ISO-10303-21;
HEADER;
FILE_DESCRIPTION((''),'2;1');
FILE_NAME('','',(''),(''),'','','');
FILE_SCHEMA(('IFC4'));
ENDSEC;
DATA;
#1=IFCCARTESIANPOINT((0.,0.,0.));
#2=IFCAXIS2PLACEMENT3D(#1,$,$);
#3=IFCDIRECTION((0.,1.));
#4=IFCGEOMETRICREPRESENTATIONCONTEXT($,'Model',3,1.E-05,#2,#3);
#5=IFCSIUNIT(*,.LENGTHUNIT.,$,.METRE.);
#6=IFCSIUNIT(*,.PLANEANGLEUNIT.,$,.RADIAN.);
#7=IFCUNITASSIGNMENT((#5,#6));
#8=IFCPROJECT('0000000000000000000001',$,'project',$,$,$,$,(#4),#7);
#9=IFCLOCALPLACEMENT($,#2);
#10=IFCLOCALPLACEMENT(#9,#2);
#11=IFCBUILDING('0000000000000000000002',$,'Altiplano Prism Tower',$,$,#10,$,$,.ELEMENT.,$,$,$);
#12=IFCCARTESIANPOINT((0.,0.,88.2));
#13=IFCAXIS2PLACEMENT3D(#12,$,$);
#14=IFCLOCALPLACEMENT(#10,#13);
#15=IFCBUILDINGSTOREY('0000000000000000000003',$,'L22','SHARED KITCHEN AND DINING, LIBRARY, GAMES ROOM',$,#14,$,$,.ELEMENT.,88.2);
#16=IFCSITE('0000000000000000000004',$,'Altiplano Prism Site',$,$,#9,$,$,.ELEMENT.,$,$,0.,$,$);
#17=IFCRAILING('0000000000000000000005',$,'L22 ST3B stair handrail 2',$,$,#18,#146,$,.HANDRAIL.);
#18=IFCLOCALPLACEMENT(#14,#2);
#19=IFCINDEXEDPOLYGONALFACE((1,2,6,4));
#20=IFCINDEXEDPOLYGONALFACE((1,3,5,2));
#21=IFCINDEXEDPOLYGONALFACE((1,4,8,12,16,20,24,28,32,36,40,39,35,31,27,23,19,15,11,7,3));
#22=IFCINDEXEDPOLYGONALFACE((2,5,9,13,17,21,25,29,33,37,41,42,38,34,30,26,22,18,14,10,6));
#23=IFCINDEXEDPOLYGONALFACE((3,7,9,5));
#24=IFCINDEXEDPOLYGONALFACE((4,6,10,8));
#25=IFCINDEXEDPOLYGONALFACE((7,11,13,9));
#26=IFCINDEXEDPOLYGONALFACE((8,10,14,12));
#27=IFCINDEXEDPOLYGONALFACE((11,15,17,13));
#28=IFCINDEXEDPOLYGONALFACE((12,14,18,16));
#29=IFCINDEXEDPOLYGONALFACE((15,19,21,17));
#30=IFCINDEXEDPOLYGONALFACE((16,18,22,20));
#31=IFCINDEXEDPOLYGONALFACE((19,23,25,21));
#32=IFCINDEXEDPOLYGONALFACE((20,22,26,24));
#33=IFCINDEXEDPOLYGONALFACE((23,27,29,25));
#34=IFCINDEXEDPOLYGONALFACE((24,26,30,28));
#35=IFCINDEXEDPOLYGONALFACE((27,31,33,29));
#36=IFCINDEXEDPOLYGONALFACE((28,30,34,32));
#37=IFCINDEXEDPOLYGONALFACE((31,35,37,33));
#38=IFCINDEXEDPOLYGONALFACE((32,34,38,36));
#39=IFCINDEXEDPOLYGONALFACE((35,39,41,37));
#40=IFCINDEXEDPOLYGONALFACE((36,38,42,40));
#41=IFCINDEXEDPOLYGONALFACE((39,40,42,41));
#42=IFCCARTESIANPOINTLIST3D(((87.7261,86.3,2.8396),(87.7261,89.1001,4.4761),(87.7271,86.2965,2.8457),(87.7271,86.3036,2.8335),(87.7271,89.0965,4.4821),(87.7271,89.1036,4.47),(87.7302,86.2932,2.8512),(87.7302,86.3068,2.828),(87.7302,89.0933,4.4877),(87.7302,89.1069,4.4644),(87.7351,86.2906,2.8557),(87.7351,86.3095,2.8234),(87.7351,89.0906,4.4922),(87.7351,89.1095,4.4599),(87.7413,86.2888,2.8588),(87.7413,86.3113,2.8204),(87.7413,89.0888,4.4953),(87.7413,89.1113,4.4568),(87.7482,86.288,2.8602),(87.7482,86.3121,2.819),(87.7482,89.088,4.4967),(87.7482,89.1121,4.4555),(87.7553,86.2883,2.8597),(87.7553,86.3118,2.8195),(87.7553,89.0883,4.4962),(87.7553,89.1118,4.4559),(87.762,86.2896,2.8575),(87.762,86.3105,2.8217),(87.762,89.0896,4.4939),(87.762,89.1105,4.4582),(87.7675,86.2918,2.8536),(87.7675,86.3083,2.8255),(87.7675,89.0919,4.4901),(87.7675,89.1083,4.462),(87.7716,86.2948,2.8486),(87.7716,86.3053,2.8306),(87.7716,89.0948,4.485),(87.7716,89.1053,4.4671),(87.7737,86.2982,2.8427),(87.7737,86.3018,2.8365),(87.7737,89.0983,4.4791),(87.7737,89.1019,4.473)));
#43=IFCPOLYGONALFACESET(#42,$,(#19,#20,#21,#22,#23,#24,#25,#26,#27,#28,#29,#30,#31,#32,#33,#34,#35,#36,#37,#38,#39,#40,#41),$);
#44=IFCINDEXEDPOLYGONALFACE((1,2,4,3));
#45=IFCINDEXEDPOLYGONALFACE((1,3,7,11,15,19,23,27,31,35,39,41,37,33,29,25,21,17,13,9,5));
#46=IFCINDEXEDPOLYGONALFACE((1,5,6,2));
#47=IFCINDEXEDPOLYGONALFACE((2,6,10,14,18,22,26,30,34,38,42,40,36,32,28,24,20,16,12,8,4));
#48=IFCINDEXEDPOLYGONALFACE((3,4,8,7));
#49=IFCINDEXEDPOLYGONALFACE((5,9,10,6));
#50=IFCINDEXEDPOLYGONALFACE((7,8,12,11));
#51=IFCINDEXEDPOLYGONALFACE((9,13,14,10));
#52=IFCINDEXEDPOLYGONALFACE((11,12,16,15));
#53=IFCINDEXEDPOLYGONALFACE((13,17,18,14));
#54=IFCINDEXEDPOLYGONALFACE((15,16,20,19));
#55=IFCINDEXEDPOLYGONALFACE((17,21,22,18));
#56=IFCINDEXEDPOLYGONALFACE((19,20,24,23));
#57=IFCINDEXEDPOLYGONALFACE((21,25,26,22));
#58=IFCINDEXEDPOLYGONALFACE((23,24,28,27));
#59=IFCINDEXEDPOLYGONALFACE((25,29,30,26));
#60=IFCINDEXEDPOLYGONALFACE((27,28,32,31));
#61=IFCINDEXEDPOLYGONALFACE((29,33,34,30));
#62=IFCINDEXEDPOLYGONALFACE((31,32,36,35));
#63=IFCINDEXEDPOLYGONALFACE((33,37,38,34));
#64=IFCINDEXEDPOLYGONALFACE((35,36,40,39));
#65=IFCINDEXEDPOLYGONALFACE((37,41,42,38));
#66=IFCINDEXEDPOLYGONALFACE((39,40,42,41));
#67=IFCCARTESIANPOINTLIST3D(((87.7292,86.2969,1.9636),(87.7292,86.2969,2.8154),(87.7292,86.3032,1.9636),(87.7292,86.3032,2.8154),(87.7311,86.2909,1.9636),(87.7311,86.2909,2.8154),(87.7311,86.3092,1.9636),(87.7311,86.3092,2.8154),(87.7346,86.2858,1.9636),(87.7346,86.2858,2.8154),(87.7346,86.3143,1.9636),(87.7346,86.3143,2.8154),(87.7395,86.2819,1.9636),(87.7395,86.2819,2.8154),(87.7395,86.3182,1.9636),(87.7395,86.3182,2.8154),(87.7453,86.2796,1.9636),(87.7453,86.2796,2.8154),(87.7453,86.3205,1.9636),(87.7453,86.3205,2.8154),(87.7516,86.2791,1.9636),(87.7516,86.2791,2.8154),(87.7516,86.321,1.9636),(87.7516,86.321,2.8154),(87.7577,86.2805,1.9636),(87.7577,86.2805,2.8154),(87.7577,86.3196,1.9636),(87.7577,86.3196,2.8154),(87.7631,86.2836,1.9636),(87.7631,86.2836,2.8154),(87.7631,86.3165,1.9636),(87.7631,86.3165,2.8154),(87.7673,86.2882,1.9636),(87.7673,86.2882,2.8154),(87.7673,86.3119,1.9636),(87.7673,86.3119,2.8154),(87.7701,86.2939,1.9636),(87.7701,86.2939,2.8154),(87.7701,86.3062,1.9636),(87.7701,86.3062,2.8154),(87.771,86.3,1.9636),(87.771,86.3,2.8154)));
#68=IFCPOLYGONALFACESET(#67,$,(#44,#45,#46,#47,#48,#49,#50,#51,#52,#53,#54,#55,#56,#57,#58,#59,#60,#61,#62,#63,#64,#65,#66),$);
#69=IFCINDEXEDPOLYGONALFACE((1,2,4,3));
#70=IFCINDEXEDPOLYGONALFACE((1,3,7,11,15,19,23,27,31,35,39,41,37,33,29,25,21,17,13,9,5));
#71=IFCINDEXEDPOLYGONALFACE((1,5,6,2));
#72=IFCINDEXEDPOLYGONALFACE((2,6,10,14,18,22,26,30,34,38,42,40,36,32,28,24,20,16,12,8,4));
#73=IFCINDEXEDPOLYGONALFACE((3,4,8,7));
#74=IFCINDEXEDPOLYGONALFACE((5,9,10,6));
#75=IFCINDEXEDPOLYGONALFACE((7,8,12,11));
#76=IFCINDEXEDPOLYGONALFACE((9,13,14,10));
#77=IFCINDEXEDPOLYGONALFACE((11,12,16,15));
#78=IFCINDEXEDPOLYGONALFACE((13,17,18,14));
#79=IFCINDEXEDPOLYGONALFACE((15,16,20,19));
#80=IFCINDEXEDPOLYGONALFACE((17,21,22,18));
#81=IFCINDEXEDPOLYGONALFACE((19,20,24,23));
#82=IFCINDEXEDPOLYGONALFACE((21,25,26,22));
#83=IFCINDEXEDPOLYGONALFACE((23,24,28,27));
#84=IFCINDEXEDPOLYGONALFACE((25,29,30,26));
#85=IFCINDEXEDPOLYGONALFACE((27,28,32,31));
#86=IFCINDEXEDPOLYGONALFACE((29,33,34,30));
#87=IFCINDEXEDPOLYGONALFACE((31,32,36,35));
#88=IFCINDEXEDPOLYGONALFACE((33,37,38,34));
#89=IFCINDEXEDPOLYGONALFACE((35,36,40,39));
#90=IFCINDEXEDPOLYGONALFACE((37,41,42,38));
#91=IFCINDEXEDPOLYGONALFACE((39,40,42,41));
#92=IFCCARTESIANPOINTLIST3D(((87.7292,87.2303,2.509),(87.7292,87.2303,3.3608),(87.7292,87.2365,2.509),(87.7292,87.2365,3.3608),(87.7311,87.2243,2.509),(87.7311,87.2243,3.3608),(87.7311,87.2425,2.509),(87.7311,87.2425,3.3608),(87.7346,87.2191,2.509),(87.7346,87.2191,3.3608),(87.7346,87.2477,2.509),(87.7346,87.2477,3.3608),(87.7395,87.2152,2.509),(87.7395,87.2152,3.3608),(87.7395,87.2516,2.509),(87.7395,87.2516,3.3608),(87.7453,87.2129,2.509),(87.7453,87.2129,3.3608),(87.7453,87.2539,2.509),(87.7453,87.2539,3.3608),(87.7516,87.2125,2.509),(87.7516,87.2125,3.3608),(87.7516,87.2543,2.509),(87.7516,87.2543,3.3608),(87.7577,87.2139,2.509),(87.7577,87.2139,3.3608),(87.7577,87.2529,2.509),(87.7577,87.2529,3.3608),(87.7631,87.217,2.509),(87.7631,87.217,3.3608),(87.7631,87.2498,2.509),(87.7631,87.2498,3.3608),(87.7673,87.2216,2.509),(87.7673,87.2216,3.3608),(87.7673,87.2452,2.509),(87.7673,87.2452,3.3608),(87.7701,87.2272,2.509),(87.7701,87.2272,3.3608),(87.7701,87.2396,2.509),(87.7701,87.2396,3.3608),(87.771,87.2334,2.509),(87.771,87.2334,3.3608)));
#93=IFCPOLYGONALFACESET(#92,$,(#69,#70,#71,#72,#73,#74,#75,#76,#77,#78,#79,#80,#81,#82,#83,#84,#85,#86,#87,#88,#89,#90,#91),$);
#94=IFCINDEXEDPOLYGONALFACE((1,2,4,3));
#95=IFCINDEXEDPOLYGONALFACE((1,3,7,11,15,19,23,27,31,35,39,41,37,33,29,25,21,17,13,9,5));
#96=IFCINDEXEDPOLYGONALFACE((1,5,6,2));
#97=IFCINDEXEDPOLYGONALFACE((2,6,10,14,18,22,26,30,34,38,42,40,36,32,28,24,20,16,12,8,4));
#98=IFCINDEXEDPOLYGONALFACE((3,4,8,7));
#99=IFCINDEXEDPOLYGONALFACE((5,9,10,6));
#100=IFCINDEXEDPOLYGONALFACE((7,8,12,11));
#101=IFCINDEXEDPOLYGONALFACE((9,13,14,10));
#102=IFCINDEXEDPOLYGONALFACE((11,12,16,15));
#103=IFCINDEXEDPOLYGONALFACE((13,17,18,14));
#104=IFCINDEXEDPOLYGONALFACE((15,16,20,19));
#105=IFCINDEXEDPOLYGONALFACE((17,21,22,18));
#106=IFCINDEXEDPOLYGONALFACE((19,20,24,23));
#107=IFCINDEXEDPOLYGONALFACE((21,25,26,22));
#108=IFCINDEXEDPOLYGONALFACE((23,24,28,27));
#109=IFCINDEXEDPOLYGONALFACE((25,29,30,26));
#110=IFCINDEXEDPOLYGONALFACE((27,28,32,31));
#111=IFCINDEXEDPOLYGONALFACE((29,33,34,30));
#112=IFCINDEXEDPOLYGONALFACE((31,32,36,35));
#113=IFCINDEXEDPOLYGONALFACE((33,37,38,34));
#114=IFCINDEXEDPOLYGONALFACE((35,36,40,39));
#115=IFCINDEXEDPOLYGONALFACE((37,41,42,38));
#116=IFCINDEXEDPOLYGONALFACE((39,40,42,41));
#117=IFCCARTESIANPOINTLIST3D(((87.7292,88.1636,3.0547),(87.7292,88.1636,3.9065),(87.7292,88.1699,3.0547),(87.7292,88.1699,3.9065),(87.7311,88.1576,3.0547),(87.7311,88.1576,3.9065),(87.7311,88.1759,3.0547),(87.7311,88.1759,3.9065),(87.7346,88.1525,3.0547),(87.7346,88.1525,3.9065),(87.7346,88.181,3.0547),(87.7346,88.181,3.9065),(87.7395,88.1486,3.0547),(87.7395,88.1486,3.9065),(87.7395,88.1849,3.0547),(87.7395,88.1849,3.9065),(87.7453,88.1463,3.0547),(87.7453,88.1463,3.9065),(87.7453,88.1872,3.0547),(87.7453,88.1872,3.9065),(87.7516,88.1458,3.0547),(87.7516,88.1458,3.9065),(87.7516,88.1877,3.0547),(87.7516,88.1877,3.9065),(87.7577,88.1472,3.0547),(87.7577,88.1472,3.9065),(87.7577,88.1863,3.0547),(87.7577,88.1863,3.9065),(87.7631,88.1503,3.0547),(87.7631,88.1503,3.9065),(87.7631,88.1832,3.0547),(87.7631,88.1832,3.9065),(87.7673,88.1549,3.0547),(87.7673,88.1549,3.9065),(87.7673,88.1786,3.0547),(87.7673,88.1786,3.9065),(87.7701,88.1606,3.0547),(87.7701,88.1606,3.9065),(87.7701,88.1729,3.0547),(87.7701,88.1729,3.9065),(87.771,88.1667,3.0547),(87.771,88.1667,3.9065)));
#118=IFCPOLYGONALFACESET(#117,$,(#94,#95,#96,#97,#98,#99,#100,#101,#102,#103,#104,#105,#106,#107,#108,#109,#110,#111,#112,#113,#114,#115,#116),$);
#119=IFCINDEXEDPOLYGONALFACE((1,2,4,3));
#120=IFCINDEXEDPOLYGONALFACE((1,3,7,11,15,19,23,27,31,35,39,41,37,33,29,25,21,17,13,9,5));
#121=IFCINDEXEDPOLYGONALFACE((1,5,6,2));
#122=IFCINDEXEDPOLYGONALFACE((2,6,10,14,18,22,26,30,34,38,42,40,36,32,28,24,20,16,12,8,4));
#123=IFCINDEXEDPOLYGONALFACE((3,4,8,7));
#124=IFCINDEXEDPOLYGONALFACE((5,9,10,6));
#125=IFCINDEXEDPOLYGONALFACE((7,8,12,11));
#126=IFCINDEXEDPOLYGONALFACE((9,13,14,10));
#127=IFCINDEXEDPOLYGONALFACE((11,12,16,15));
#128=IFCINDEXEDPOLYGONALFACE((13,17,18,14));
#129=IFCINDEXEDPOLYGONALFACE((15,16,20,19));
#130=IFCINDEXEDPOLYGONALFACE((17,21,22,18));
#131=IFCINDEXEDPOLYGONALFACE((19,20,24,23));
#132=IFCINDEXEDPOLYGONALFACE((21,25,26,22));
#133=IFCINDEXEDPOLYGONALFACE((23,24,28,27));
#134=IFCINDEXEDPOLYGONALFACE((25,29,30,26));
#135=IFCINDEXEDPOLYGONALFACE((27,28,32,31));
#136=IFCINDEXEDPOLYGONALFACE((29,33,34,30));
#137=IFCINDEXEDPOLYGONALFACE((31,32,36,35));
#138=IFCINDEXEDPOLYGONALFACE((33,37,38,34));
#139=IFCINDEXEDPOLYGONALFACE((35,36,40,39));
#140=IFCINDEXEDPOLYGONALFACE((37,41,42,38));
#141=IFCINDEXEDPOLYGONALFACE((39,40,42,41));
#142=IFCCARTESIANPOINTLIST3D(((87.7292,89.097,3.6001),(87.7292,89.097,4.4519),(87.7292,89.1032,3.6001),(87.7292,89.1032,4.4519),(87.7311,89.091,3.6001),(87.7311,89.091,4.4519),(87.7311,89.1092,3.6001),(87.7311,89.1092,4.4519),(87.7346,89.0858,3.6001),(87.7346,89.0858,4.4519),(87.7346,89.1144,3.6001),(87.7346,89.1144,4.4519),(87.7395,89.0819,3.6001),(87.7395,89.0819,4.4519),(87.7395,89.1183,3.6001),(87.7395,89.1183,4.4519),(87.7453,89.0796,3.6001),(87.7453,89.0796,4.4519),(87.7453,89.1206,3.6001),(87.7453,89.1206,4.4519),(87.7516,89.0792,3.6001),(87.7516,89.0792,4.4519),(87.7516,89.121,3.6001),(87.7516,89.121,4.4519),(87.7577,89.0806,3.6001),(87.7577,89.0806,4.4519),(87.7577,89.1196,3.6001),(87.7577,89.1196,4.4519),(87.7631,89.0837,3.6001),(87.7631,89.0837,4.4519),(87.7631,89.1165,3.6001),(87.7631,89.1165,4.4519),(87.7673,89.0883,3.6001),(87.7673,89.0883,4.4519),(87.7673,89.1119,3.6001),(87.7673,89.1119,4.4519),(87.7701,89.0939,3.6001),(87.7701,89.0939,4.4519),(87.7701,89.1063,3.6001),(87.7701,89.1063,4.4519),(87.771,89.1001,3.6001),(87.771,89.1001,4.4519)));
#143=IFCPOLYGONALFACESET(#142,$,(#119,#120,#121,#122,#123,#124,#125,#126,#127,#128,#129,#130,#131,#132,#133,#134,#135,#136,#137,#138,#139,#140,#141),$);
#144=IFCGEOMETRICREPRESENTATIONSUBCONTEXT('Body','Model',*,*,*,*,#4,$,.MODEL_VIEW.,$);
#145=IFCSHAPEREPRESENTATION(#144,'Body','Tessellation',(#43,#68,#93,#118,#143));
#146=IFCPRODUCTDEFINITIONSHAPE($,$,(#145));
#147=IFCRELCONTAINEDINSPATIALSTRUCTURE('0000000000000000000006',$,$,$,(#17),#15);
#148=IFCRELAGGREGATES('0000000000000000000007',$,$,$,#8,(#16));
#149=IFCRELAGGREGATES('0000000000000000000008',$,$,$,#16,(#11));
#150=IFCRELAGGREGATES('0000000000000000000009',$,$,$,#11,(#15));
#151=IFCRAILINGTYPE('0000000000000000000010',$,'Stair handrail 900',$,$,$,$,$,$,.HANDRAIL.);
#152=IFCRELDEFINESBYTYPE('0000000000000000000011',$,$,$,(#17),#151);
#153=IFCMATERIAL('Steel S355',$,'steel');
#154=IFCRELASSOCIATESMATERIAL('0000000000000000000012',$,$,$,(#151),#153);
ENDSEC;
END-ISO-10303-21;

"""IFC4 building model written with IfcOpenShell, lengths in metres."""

from ifc_helpers import new_model, si_unit, direction, frame, origin, origin_2d, place, context, subcontext, project, spatial, circle, extrude, material, type_object, element, save


model = new_model("IFC4")

# Units and contexts
model_context = context("Model", 3, precision=1e-05, world=origin(), true_north=direction((0.0, 1.0)))
body_context = subcontext(model_context, "Body", "Model", "MODEL_VIEW")
ifc_project = project(units=[si_unit("LENGTHUNIT", "METRE"), si_unit("PLANEANGLEUNIT", "RADIAN")], contexts=[model_context])

# Site, building, storey
site_placement = place(None, origin())
site = spatial("IfcSite", under=ifc_project, at=site_placement, Name="Altiplano Prism Site", CompositionType="ELEMENT", RefElevation=0.0)
building_placement = place(site_placement, origin())
building = spatial("IfcBuilding", under=site, at=building_placement, Name="Altiplano Prism Tower", CompositionType="ELEMENT")
storey_placement = place(building_placement, frame((0.0, 0.0, 88.2)))
storey = spatial("IfcBuildingStorey", under=building, at=storey_placement, Name="L22", Description="SHARED KITCHEN AND DINING, LIBRARY, GAMES ROOM", CompositionType="ELEMENT", Elevation=88.2)

# Railing
ifc_material_1 = material(Name="Steel S355", Category="steel")
railing_type = type_object("IfcRailingType", Name="Stair handrail 900", PredefinedType="HANDRAIL", material=ifc_material_1)
for number, where, name in (
    (1, (87.75, 86.3, 1.9636), "L22 ST3B stair handrail 2"),
):
    element("IfcRailing", number, at=place(storey_placement, frame(where)), inside=storey, type_object=railing_type, Name=name, PredefinedType="HANDRAIL", context=body_context, shape_type="SweptSolid", body=[
        extrude(circle(Radius=0.0239, at=origin_2d()), frame((0.0, 0.0, 0.876), z_axis=(0.0, 0.863361, 0.504587), x_axis=(-1.0, 0.0, 0.0)), (0.0, 0.0, 1.0), 3.2432),
        extrude(circle(Radius=0.021, at=origin_2d()), origin(), (0.0, 0.0, 1.0), 0.8518),
        extrude(circle(Radius=0.021, at=origin_2d()), frame((0.0, 0.9333, 0.5454)), (0.0, 0.0, 1.0), 0.8518),
        extrude(circle(Radius=0.021, at=origin_2d()), frame((0.0, 1.8667, 1.0911)), (0.0, 0.0, 1.0), 0.8518),
        extrude(circle(Radius=0.021, at=origin_2d()), frame((0.0, 2.8, 1.6365)), (0.0, 0.0, 1.0), 0.8518),
    ])

save(model, "model.ifc")
